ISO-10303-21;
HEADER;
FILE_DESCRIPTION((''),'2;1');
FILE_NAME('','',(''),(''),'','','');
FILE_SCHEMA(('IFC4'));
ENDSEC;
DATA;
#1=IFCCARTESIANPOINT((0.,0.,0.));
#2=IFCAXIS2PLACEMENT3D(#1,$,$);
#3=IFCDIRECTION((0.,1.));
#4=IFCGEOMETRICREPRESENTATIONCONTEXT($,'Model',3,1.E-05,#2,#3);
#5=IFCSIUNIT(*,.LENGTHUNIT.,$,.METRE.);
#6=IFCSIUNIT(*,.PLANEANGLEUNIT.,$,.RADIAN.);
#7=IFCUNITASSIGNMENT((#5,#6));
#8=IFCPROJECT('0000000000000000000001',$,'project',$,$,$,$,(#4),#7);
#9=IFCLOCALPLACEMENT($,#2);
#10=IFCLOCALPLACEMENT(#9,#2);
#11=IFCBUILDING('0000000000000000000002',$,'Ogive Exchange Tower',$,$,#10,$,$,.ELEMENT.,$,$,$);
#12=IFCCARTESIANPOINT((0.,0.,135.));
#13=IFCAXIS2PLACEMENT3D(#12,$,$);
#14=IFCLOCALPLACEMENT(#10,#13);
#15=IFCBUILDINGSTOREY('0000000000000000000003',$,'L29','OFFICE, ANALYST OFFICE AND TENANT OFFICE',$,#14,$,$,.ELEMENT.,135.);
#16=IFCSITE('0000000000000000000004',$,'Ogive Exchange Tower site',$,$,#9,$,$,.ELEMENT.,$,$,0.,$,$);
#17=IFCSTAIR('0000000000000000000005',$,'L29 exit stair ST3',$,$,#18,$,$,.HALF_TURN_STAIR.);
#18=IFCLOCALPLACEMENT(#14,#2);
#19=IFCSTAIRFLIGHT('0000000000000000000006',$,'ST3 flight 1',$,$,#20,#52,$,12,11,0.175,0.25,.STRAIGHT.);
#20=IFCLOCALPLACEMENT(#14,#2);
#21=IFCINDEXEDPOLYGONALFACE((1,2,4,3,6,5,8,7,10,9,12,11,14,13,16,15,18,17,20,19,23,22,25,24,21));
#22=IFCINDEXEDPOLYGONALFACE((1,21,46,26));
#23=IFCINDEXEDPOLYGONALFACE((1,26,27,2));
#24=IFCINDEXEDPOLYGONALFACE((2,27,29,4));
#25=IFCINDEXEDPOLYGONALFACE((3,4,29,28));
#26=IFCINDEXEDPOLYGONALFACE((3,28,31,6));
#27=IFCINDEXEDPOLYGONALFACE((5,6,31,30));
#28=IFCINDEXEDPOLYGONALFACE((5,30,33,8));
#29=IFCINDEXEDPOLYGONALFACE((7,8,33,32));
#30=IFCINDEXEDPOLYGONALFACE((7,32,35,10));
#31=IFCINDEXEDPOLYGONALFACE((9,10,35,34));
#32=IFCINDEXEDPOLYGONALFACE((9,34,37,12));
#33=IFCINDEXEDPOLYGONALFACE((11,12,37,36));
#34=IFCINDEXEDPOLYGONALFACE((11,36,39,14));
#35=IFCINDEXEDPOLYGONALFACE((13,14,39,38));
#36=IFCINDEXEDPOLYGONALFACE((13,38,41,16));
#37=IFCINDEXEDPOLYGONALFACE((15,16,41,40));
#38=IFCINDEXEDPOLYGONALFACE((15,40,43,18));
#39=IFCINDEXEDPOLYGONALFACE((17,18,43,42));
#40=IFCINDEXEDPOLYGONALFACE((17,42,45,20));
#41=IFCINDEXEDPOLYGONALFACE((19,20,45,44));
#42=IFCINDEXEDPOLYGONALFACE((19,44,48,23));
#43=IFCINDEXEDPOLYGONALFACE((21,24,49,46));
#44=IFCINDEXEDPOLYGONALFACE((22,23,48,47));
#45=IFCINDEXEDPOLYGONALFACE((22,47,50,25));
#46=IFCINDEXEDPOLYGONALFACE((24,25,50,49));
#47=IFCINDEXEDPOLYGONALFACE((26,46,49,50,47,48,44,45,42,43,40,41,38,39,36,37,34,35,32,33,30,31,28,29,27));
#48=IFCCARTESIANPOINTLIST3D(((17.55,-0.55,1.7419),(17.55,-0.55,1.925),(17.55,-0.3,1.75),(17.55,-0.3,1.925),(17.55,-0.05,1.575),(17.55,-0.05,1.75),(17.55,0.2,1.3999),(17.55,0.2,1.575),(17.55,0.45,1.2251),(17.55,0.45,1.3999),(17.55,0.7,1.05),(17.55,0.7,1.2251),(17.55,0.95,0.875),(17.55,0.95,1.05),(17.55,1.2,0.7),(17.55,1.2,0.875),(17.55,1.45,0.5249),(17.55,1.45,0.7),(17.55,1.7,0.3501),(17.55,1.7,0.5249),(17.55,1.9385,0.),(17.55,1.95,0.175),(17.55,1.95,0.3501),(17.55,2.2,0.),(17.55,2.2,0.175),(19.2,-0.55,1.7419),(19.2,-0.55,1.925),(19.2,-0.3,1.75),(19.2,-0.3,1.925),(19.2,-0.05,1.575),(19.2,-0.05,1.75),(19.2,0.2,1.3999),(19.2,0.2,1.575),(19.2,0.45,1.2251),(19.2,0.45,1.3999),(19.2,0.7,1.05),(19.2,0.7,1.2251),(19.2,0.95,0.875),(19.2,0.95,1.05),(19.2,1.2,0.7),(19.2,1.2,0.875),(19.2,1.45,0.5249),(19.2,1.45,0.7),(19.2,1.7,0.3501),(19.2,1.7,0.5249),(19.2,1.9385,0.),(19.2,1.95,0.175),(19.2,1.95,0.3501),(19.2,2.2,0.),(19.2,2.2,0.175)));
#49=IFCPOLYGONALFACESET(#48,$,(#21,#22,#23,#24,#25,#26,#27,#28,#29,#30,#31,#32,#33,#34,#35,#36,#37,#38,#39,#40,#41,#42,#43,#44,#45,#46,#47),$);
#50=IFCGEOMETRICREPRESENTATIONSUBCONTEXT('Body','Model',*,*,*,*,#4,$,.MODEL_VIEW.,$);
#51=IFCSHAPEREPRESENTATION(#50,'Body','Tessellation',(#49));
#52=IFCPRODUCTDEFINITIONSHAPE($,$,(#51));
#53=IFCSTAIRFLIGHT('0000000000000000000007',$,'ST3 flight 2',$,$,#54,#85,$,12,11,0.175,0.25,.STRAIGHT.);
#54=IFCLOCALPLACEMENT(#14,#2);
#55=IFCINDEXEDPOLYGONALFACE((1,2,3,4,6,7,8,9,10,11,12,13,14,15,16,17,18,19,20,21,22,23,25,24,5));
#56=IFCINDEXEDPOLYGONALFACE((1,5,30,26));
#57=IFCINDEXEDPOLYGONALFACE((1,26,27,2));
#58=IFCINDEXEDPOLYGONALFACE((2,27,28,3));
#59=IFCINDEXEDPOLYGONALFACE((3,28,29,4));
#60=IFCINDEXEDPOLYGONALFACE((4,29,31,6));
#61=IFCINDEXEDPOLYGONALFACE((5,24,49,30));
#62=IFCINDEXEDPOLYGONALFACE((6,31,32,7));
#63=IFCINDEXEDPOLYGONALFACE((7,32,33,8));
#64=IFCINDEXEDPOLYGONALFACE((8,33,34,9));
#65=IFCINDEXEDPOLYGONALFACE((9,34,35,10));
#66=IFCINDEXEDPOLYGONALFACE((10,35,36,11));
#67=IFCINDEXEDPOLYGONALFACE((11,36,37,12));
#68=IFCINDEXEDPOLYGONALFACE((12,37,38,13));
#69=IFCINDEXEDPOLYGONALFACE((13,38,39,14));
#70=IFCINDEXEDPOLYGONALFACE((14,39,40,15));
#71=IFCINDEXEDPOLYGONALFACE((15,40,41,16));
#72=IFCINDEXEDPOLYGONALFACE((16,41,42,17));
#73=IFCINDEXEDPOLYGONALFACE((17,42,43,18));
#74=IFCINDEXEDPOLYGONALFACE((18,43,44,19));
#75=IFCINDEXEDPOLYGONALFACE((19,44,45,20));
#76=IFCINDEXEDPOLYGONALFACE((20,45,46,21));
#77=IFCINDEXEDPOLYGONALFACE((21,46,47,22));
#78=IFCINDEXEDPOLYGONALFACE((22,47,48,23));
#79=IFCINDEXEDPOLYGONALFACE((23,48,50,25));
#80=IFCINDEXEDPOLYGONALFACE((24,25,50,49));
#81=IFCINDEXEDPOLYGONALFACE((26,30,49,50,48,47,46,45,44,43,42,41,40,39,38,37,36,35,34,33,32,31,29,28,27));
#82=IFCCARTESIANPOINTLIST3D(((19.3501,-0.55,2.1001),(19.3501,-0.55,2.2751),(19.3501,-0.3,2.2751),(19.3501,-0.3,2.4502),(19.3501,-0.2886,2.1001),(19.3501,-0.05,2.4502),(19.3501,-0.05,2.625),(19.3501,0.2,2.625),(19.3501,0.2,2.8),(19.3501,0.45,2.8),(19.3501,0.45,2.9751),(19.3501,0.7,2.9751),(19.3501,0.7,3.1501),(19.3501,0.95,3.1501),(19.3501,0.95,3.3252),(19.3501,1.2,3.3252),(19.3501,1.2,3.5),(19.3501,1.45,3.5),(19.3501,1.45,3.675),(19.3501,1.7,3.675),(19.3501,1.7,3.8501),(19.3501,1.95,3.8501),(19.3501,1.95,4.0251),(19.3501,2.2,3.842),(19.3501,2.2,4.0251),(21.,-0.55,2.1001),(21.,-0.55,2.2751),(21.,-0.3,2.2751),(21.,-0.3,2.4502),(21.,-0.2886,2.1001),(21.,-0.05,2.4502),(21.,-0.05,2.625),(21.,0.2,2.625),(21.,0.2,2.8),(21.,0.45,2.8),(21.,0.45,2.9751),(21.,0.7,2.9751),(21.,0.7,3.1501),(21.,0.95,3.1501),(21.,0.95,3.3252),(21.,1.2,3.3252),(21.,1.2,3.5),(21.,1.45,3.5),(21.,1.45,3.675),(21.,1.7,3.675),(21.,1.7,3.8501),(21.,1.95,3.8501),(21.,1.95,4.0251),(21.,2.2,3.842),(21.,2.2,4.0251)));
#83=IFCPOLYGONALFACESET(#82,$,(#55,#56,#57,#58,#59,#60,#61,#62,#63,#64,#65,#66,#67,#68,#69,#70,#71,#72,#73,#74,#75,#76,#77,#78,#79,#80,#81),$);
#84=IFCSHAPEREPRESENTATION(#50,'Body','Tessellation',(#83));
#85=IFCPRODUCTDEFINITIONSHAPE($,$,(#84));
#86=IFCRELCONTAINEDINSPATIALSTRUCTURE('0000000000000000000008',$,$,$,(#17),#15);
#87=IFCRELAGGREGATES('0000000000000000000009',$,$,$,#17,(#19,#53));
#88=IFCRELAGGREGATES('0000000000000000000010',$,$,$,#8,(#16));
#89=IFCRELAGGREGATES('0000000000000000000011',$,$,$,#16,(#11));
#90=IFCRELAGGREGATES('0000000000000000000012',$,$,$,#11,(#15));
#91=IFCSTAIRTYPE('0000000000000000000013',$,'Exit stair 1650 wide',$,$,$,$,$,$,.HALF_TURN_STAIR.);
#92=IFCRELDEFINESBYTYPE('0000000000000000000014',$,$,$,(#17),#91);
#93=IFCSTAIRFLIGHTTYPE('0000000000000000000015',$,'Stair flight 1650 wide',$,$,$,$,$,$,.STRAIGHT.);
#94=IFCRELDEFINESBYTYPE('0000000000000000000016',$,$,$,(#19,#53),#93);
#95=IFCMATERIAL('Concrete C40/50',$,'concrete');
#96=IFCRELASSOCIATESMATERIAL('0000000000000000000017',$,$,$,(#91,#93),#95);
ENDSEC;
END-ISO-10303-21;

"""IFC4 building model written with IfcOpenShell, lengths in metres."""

from ifc_helpers import new_model, si_unit, direction, frame, origin, place, context, subcontext, project, spatial, polyline, outline, extrude, material, type_object, element, aggregate, save


model = new_model("IFC4")

# Units and contexts
model_context = context("Model", 3, precision=1e-05, world=origin(), true_north=direction((0.0, 1.0)))
body_context = subcontext(model_context, "Body", "Model", "MODEL_VIEW")
ifc_project = project(units=[si_unit("LENGTHUNIT", "METRE"), si_unit("PLANEANGLEUNIT", "RADIAN")], contexts=[model_context])

# Site, building, storey
site_placement = place(None, origin())
site = spatial("IfcSite", under=ifc_project, at=site_placement, Name="Ogive Exchange Tower site", CompositionType="ELEMENT", RefElevation=0.0)
building_placement = place(site_placement, origin())
building = spatial("IfcBuilding", under=site, at=building_placement, Name="Ogive Exchange Tower", CompositionType="ELEMENT")
storey_placement = place(building_placement, frame((0.0, 0.0, 135.0)))
storey = spatial("IfcBuildingStorey", under=building, at=storey_placement, Name="L29", Description="OFFICE, ANALYST OFFICE AND TENANT OFFICE", CompositionType="ELEMENT", Elevation=135.0)

# Stair, stair flights
ifc_material_1 = material(Name="Concrete C40/50", Category="concrete")
stair_type = type_object("IfcStairType", Name="Exit stair 1650 wide", PredefinedType="HALF_TURN_STAIR", material=ifc_material_1)
stair_placement = place(storey_placement, origin())
stair = element("IfcStair", 1, at=stair_placement, inside=storey, type_object=stair_type, Name="L29 exit stair ST3", PredefinedType="HALF_TURN_STAIR")
stair_flight_type = type_object("IfcStairFlightType", Name="Stair flight 1650 wide", PredefinedType="STRAIGHT", material=ifc_material_1)
stair_flight_1_placement = place(storey_placement, frame((18.375, 2.2, 0.0), z_axis=(0.0, 0.0, 1.0), x_axis=(0.0, -1.0, 0.0)))
stair_flight_1 = element("IfcStairFlight", 2, at=stair_flight_1_placement, type_object=stair_flight_type, Name="ST3 flight 1", NumberOfRisers=12, NumberOfTreads=11, PredefinedType="STRAIGHT", RiserHeight=0.175, TreadLength=0.25, context=body_context, shape_type="SweptSolid", body=[
    extrude(outline(polyline([(0.0, 0.0), (0.0, 0.175), (0.25, 0.175), (0.25, 0.3501), (0.5, 0.3501), (0.5, 0.5249), (0.75, 0.5249), (0.75, 0.7), (1.0, 0.7), (1.0, 0.875), (1.25, 0.875), (1.25, 1.05), (1.5, 1.05), (1.5, 1.2251), (1.75, 1.2251), (1.75, 1.3999), (2.0, 1.3999), (2.0, 1.575), (2.25, 1.575), (2.25, 1.75), (2.5, 1.75), (2.5, 1.925), (2.75, 1.925), (2.75, 2.1001), (2.75, 1.7419), (0.2615, 0.0), (0.0, 0.0)])), frame((0.0, 0.825, 0.0), z_axis=(0.0, -1.0, 0.0), x_axis=(1.0, 0.0, 0.0)), (0.0, 0.0, 1.0), 1.6499),
])
stair_flight_2_placement = place(storey_placement, frame((20.175, -0.55, 2.1001), z_axis=(0.0, 0.0, 1.0), x_axis=(0.0, 1.0, 0.0)))
stair_flight_2 = element("IfcStairFlight", 3, at=stair_flight_2_placement, type_object=stair_flight_type, Name="ST3 flight 2", NumberOfRisers=12, NumberOfTreads=11, PredefinedType="STRAIGHT", RiserHeight=0.175, TreadLength=0.25, context=body_context, shape_type="SweptSolid", body=[
    extrude(outline(polyline([(0.0, 0.0), (0.0, 0.175), (0.25, 0.175), (0.25, 0.3501), (0.5, 0.3501), (0.5, 0.5249), (0.75, 0.5249), (0.75, 0.7), (1.0, 0.7), (1.0, 0.875), (1.25, 0.875), (1.25, 1.05), (1.5, 1.05), (1.5, 1.2251), (1.75, 1.2251), (1.75, 1.3999), (2.0, 1.3999), (2.0, 1.575), (2.25, 1.575), (2.25, 1.75), (2.5, 1.75), (2.5, 1.925), (2.75, 1.925), (2.75, 2.1001), (2.75, 1.7419), (0.2615, 0.0), (0.0, 0.0)])), frame((0.0, 0.825, 0.0), z_axis=(0.0, -1.0, 0.0), x_axis=(1.0, 0.0, 0.0)), (0.0, 0.0, 1.0), 1.6499),
])
aggregate(stair, [stair_flight_1, stair_flight_2])

save(model, "model.ifc")
